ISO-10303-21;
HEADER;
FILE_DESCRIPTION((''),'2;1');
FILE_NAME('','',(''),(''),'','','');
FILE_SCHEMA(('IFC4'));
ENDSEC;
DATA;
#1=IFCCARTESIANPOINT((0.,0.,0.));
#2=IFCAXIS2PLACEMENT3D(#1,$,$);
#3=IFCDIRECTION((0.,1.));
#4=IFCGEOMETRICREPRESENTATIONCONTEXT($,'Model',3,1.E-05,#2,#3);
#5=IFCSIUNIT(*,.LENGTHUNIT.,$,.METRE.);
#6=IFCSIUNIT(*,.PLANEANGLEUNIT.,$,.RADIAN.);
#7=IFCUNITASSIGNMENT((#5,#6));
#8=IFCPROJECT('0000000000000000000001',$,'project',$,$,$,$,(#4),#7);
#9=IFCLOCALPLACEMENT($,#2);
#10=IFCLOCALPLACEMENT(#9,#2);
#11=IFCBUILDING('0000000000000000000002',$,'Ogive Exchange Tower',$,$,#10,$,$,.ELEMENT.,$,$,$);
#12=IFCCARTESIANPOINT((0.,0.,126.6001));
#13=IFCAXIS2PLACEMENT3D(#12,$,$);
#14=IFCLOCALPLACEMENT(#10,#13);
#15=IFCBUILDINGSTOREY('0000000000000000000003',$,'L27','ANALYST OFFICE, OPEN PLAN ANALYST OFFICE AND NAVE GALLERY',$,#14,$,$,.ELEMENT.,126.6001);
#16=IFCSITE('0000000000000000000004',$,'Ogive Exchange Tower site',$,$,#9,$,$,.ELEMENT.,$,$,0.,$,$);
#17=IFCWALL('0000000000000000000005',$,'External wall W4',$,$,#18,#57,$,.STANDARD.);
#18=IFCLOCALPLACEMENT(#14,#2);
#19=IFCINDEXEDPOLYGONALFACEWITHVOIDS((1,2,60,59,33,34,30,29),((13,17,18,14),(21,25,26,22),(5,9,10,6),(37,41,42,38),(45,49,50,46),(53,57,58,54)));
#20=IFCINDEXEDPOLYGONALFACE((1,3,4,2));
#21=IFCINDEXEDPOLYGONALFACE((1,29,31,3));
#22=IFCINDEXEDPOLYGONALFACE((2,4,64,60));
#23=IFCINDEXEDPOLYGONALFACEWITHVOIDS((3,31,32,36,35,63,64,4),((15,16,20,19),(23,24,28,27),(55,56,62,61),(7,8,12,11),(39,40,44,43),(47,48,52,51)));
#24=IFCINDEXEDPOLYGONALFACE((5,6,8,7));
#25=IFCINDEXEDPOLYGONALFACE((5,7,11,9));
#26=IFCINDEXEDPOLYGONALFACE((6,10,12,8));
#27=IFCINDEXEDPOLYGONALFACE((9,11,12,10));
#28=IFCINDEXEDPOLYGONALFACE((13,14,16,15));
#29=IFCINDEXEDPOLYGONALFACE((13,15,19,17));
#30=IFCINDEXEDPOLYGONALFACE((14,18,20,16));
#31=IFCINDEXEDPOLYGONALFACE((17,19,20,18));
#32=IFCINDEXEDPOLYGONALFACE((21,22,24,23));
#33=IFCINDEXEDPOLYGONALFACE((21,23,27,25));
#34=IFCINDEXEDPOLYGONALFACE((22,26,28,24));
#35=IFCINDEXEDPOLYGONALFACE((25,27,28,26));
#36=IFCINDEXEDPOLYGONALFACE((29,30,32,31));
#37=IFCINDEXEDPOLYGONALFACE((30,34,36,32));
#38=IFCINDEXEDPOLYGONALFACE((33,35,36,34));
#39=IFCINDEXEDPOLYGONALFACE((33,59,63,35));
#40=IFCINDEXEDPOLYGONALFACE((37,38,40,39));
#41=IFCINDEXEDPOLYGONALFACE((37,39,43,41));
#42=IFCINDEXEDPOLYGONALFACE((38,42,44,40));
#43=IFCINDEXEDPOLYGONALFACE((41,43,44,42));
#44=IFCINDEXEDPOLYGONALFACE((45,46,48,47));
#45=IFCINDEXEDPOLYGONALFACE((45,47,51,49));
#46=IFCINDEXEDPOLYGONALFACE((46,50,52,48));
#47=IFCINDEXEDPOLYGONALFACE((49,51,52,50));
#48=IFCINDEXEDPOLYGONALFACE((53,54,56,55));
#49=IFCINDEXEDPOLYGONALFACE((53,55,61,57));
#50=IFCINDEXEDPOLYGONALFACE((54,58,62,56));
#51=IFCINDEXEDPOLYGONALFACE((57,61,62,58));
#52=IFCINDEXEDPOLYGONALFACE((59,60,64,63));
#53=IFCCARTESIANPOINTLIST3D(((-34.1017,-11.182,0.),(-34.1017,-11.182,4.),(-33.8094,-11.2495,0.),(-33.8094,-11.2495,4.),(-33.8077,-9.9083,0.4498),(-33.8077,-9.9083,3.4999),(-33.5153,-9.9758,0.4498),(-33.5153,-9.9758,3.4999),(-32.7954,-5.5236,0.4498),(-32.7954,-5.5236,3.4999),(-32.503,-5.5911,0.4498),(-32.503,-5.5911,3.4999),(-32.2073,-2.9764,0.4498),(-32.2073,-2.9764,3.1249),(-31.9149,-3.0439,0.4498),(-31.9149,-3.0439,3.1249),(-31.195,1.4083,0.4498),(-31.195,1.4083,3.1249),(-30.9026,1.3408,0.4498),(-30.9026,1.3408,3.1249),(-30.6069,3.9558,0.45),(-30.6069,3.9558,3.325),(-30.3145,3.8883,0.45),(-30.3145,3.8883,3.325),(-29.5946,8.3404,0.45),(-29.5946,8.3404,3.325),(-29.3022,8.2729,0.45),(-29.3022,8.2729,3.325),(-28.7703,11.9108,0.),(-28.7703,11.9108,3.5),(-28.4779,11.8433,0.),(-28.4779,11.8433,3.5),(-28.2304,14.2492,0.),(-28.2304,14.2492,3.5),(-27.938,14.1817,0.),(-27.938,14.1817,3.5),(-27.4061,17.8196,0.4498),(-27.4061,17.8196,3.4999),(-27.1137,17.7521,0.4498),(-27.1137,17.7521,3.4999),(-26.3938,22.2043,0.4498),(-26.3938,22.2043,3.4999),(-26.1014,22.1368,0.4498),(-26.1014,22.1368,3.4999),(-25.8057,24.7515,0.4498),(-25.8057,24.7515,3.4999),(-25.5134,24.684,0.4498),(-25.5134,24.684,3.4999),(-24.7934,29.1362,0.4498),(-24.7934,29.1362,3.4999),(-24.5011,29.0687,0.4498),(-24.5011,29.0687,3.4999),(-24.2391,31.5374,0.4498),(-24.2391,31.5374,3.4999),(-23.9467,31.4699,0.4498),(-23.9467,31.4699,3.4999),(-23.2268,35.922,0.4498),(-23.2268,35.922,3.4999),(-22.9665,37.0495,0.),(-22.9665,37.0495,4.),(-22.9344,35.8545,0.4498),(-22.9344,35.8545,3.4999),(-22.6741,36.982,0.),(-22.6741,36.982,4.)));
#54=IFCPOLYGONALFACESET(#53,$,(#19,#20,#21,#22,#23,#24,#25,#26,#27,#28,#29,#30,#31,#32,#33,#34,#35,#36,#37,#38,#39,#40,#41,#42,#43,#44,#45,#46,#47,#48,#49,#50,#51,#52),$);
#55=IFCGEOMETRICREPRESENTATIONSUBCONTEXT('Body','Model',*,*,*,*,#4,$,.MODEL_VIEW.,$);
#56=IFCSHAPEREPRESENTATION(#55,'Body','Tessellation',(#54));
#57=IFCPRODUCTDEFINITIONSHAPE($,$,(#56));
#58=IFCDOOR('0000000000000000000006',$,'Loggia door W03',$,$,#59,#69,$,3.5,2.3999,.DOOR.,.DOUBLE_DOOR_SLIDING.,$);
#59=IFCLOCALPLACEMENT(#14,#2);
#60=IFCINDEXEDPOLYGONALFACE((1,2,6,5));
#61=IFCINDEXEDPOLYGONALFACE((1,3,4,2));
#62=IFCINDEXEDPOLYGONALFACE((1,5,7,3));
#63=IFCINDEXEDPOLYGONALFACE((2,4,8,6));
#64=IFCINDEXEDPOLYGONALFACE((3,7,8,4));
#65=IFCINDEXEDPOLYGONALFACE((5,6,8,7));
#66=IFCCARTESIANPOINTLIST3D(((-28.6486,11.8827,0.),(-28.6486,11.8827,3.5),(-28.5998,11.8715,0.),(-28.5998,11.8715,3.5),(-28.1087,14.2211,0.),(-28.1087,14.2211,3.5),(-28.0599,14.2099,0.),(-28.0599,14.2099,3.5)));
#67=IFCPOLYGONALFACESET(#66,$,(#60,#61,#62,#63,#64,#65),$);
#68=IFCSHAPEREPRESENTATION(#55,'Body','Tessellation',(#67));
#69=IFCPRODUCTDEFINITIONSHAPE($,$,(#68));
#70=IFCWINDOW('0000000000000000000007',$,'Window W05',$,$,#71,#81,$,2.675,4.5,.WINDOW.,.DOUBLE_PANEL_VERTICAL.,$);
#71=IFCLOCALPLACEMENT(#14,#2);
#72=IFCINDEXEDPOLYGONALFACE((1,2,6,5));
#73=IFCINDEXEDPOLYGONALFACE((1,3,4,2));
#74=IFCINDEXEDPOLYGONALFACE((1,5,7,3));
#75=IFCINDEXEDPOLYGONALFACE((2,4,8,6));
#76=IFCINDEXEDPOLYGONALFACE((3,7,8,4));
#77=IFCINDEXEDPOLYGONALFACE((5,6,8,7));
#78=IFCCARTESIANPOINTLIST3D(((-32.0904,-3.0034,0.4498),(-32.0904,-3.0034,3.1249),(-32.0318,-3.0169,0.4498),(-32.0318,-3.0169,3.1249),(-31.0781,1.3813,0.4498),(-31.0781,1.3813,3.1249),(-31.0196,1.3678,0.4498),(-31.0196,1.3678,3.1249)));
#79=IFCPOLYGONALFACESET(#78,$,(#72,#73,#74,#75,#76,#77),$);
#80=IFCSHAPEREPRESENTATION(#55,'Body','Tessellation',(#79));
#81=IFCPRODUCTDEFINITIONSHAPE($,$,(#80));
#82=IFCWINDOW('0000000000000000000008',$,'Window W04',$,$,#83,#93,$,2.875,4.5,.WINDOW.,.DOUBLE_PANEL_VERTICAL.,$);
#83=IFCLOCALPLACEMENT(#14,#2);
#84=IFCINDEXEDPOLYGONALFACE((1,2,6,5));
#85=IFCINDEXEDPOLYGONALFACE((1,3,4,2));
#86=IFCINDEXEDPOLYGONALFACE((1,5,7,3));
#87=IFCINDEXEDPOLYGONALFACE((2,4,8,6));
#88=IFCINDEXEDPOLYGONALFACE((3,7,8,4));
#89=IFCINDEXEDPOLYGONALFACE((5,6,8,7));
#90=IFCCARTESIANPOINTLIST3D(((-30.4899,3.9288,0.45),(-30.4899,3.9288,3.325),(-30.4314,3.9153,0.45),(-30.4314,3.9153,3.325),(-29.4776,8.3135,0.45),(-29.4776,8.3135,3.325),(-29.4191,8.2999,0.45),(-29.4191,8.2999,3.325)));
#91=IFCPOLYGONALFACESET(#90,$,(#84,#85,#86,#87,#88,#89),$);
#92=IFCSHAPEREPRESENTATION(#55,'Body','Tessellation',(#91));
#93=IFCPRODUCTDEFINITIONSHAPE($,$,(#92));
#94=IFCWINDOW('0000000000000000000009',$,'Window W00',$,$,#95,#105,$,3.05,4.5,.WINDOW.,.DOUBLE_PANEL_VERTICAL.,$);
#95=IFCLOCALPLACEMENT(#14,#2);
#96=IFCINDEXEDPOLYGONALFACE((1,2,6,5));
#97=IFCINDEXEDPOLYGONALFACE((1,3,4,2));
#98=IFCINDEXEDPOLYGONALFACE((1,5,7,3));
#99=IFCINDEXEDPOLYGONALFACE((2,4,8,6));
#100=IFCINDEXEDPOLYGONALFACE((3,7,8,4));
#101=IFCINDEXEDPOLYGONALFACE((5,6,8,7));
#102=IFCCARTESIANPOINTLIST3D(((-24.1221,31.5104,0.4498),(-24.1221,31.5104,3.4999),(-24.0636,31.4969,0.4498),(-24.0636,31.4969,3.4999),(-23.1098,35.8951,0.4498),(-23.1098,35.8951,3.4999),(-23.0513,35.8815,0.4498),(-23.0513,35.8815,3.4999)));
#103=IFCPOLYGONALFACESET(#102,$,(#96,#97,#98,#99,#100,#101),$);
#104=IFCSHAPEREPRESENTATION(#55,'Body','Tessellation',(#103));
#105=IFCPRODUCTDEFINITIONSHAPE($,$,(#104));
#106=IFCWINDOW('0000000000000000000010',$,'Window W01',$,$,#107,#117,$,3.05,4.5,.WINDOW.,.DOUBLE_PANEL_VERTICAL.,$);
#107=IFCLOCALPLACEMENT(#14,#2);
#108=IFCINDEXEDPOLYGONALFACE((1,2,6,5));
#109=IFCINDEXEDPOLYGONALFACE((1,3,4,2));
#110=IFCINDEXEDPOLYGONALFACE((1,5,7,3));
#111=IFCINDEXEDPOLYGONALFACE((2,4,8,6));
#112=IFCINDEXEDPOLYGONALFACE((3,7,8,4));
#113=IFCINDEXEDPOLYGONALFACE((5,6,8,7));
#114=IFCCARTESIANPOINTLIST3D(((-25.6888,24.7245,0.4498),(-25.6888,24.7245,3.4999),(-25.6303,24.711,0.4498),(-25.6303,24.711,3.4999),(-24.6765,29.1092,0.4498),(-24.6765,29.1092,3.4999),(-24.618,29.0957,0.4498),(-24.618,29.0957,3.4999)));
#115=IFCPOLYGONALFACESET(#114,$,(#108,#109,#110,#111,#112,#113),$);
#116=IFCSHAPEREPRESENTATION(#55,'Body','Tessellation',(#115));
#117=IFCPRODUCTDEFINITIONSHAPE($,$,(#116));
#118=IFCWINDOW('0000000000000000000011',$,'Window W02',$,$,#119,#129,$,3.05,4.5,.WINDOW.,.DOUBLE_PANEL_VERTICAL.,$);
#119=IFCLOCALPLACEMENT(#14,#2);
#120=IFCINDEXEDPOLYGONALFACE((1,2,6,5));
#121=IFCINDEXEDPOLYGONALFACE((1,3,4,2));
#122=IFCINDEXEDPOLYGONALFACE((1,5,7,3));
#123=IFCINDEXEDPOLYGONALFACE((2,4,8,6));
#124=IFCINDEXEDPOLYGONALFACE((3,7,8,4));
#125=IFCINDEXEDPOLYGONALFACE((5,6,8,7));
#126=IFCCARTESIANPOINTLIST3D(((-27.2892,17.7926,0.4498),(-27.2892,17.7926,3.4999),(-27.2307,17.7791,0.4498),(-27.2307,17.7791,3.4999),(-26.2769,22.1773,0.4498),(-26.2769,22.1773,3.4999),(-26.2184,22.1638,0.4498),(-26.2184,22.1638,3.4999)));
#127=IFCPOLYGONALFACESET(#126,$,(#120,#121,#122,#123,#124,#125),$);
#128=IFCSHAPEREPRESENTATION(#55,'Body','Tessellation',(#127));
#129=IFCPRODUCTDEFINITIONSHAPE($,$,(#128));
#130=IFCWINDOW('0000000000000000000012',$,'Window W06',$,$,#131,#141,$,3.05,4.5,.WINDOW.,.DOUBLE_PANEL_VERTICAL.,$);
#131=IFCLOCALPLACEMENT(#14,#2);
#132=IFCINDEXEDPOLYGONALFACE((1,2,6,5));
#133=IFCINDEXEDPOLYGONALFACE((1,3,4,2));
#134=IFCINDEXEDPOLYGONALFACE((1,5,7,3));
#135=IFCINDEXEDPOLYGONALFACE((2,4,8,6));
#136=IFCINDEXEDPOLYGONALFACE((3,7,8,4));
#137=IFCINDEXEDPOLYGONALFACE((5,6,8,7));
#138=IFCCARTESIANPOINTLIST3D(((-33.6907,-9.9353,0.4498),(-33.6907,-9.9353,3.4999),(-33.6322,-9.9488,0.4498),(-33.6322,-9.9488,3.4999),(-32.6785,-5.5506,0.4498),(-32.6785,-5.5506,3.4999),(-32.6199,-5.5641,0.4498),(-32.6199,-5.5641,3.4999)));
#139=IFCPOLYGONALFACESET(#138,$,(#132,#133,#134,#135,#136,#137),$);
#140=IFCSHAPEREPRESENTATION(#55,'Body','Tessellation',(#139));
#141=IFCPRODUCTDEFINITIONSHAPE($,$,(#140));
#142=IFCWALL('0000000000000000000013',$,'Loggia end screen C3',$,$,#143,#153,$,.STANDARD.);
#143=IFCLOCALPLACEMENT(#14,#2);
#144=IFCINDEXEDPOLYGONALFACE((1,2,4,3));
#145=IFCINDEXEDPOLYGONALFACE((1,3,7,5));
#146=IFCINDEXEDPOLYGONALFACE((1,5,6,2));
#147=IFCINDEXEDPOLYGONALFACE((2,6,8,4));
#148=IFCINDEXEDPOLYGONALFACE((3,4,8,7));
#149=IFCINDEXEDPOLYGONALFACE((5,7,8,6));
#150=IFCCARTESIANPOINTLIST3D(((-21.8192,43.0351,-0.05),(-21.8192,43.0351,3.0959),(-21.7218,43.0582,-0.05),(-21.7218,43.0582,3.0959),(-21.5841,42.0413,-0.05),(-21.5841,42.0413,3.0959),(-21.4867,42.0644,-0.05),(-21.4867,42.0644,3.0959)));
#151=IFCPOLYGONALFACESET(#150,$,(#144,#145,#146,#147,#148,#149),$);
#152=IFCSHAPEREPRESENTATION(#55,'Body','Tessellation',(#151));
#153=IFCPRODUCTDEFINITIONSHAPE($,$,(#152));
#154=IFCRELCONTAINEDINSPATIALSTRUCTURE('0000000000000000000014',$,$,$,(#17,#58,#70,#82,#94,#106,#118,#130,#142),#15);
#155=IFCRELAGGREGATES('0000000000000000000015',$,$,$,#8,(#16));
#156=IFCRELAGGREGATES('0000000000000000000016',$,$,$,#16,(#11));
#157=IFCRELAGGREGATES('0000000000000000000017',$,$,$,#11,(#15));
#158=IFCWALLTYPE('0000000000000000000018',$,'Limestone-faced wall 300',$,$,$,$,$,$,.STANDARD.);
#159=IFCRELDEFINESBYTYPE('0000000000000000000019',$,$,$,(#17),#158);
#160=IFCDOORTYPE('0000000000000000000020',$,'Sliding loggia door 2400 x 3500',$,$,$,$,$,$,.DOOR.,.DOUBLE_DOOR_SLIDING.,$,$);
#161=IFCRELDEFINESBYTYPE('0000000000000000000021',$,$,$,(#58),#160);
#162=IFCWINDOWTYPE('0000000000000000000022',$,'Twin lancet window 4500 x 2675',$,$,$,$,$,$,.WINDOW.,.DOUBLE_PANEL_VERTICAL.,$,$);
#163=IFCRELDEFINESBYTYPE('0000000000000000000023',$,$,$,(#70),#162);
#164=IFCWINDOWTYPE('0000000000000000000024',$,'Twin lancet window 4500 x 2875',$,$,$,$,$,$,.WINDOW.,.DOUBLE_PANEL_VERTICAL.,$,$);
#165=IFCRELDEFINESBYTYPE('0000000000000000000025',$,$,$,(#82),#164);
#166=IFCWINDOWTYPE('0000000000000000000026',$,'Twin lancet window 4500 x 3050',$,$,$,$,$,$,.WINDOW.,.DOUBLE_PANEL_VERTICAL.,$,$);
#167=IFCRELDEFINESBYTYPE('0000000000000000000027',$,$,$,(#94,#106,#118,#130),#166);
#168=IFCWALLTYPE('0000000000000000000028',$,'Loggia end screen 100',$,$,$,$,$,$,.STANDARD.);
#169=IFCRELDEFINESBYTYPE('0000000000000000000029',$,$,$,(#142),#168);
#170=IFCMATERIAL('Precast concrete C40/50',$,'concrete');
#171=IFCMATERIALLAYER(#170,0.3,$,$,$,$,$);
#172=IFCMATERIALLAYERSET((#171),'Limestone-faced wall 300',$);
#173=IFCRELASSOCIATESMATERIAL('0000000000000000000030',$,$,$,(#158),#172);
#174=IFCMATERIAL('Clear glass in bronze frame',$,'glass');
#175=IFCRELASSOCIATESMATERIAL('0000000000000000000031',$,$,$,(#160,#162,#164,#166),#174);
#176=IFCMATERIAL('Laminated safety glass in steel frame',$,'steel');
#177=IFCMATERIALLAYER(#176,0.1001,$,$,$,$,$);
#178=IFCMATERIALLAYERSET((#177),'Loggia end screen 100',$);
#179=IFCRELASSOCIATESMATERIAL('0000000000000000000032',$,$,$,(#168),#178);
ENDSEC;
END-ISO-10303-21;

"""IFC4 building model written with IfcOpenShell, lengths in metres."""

from ifc_helpers import new_model, si_unit, direction, frame, frame_2d, origin, place, context, subcontext, project, spatial, rectangle, extrude, material, layer, layer_set, type_object, element, fill, save


model = new_model("IFC4")

# Units and contexts
model_context = context("Model", 3, precision=1e-05, world=origin(), true_north=direction((0.0, 1.0)))
body_context = subcontext(model_context, "Body", "Model", "MODEL_VIEW")
ifc_project = project(units=[si_unit("LENGTHUNIT", "METRE"), si_unit("PLANEANGLEUNIT", "RADIAN")], contexts=[model_context])

# Site, building, storey
site_placement = place(None, origin())
site = spatial("IfcSite", under=ifc_project, at=site_placement, Name="Ogive Exchange Tower site", CompositionType="ELEMENT", RefElevation=0.0)
building_placement = place(site_placement, origin())
building = spatial("IfcBuilding", under=site, at=building_placement, Name="Ogive Exchange Tower", CompositionType="ELEMENT")
storey_placement = place(building_placement, frame((0.0, 0.0, 126.6001)))
storey = spatial("IfcBuildingStorey", under=building, at=storey_placement, Name="L27", Description="ANALYST OFFICE, OPEN PLAN ANALYST OFFICE AND NAVE GALLERY", CompositionType="ELEMENT", Elevation=126.6001)

# Wall, openings, door, windows
ifc_material_1 = material(Name="Precast concrete C40/50", Category="concrete")
ifc_layer_1 = layer(ifc_material_1, 0.3)
ifc_layer_set_1 = layer_set([ifc_layer_1], Name="Limestone-faced wall 300")
wall_type_1 = type_object("IfcWallType", Name="Limestone-faced wall 300", PredefinedType="STANDARD", material=ifc_layer_set_1)
wall_1_placement = place(storey_placement, frame((-22.8203, 37.0156, 0.0), z_axis=(0.0, 0.0, 1.0), x_axis=(-0.224954, -0.974369, 0.0)))
wall_1 = element("IfcWall", 1, at=wall_1_placement, inside=storey, type_object=wall_type_1, Name="External wall W4", PredefinedType="STANDARD", context=body_context, shape_type="SweptSolid", body=[
    extrude(rectangle(XDim=49.5002, YDim=0.3, at=frame_2d((24.75, 0.0))), origin(), (0.0, 0.0, 1.0), 4.0),
])
opening_1_placement = place(wall_1_placement, frame((1.157, 0.0, 0.45)))
opening_1 = element("IfcOpeningElement", 2, at=opening_1_placement, cuts=wall_1, PredefinedType="OPENING", context=body_context, shape_type="SweptSolid", body=[
    extrude(rectangle(XDim=4.5, YDim=3.05, at=frame_2d((2.25, 1.5249))), frame((0.0, 0.1599, 0.0), z_axis=(0.0, -1.0, 0.0), x_axis=(1.0, 0.0, 0.0)), (0.0, 0.0, 1.0), 0.3201),
])
opening_2_placement = place(wall_1_placement, frame((8.1213, 0.0, 0.45)))
opening_2 = element("IfcOpeningElement", 3, at=opening_2_placement, cuts=wall_1, PredefinedType="OPENING", context=body_context, shape_type="SweptSolid", body=[
    extrude(rectangle(XDim=4.5, YDim=3.05, at=frame_2d((2.25, 1.5249))), frame((0.0, 0.1599, 0.0), z_axis=(0.0, -1.0, 0.0), x_axis=(1.0, 0.0, 0.0)), (0.0, 0.0, 1.0), 0.3201),
])
opening_3_placement = place(wall_1_placement, frame((15.2356, 0.0, 0.45)))
opening_3 = element("IfcOpeningElement", 4, at=opening_3_placement, cuts=wall_1, PredefinedType="OPENING", context=body_context, shape_type="SweptSolid", body=[
    extrude(rectangle(XDim=4.5, YDim=3.05, at=frame_2d((2.25, 1.5249))), frame((0.0, 0.1599, 0.0), z_axis=(0.0, -1.0, 0.0), x_axis=(1.0, 0.0, 0.0)), (0.0, 0.0, 1.0), 0.3201),
])
opening_4_placement = place(wall_1_placement, frame((23.3999, 0.0, 0.0)))
opening_4 = element("IfcOpeningElement", 5, at=opening_4_placement, cuts=wall_1, PredefinedType="OPENING", context=body_context, shape_type="SweptSolid", body=[
    extrude(rectangle(XDim=2.3999, YDim=3.5, at=frame_2d((1.2, 1.75))), frame((0.0, 0.1599, 0.0), z_axis=(0.0, -1.0, 0.0), x_axis=(1.0, 0.0, 0.0)), (0.0, 0.0, 1.0), 0.3201),
])
opening_5_placement = place(wall_1_placement, frame((29.4641, 0.0, 0.45)))
opening_5 = element("IfcOpeningElement", 6, at=opening_5_placement, cuts=wall_1, PredefinedType="OPENING", context=body_context, shape_type="SweptSolid", body=[
    extrude(rectangle(XDim=4.5, YDim=2.875, at=frame_2d((2.25, 1.4375))), frame((0.0, 0.1599, 0.0), z_axis=(0.0, -1.0, 0.0), x_axis=(1.0, 0.0, 0.0)), (0.0, 0.0, 1.0), 0.3201),
])
opening_6_placement = place(wall_1_placement, frame((36.5786, 0.0, 0.45)))
opening_6 = element("IfcOpeningElement", 7, at=opening_6_placement, cuts=wall_1, PredefinedType="OPENING", context=body_context, shape_type="SweptSolid", body=[
    extrude(rectangle(XDim=4.5, YDim=2.675, at=frame_2d((2.25, 1.3374))), frame((0.0, 0.1599, 0.0), z_axis=(0.0, -1.0, 0.0), x_axis=(1.0, 0.0, 0.0)), (0.0, 0.0, 1.0), 0.3201),
])
opening_7_placement = place(wall_1_placement, frame((43.6929, 0.0, 0.45)))
opening_7 = element("IfcOpeningElement", 8, at=opening_7_placement, cuts=wall_1, PredefinedType="OPENING", context=body_context, shape_type="SweptSolid", body=[
    extrude(rectangle(XDim=4.5, YDim=3.05, at=frame_2d((2.25, 1.5249))), frame((0.0, 0.1599, 0.0), z_axis=(0.0, -1.0, 0.0), x_axis=(1.0, 0.0, 0.0)), (0.0, 0.0, 1.0), 0.3201),
])
ifc_material_2 = material(Name="Clear glass in bronze frame", Category="glass")
door_type_1 = type_object("IfcDoorType", Name="Sliding loggia door 2400 x 3500", OperationType="DOUBLE_DOOR_SLIDING", PredefinedType="DOOR", material=ifc_material_2)
door_1_placement = place(opening_4_placement, origin())
door_1 = element("IfcDoor", 9, at=door_1_placement, inside=storey, type_object=door_type_1, Name="Loggia door W03", OperationType="DOUBLE_DOOR_SLIDING", OverallHeight=3.5, OverallWidth=2.3999, PredefinedType="DOOR", context=body_context, shape_type="SweptSolid", body=[
    extrude(rectangle(XDim=2.3999, YDim=3.5, at=frame_2d((1.2, 1.75))), frame((0.0, 0.0249, 0.0), z_axis=(0.0, -1.0, 0.0), x_axis=(1.0, 0.0, 0.0)), (0.0, 0.0, 1.0), 0.05),
])
fill(opening_4, door_1)
window_type_1 = type_object("IfcWindowType", Name="Twin lancet window 4500 x 2675", PartitioningType="DOUBLE_PANEL_VERTICAL", PredefinedType="WINDOW", material=ifc_material_2)
window_1_placement = place(opening_6_placement, origin())
window_1 = element("IfcWindow", 10, at=window_1_placement, inside=storey, type_object=window_type_1, Name="Window W05", OverallHeight=2.675, OverallWidth=4.5, PartitioningType="DOUBLE_PANEL_VERTICAL", PredefinedType="WINDOW", context=body_context, shape_type="SweptSolid", body=[
    extrude(rectangle(XDim=4.5, YDim=2.675, at=frame_2d((2.25, 1.3374))), frame((0.0, 0.03, 0.0), z_axis=(0.0, -1.0, 0.0), x_axis=(1.0, 0.0, 0.0)), (0.0, 0.0, 1.0), 0.0601),
])
fill(opening_6, window_1)
window_type_2 = type_object("IfcWindowType", Name="Twin lancet window 4500 x 2875", PartitioningType="DOUBLE_PANEL_VERTICAL", PredefinedType="WINDOW", material=ifc_material_2)
window_2_placement = place(opening_5_placement, origin())
window_2 = element("IfcWindow", 11, at=window_2_placement, inside=storey, type_object=window_type_2, Name="Window W04", OverallHeight=2.875, OverallWidth=4.5, PartitioningType="DOUBLE_PANEL_VERTICAL", PredefinedType="WINDOW", context=body_context, shape_type="SweptSolid", body=[
    extrude(rectangle(XDim=4.5, YDim=2.875, at=frame_2d((2.25, 1.4375))), frame((0.0, 0.03, 0.0), z_axis=(0.0, -1.0, 0.0), x_axis=(1.0, 0.0, 0.0)), (0.0, 0.0, 1.0), 0.0601),
])
fill(opening_5, window_2)
window_type_3 = type_object("IfcWindowType", Name="Twin lancet window 4500 x 3050", PartitioningType="DOUBLE_PANEL_VERTICAL", PredefinedType="WINDOW", material=ifc_material_2)
window_3_placement = place(opening_1_placement, origin())
window_3 = element("IfcWindow", 12, at=window_3_placement, inside=storey, type_object=window_type_3, Name="Window W00", OverallHeight=3.05, OverallWidth=4.5, PartitioningType="DOUBLE_PANEL_VERTICAL", PredefinedType="WINDOW", context=body_context, shape_type="SweptSolid", body=[
    extrude(rectangle(XDim=4.5, YDim=3.05, at=frame_2d((2.25, 1.5249))), frame((0.0, 0.03, 0.0), z_axis=(0.0, -1.0, 0.0), x_axis=(1.0, 0.0, 0.0)), (0.0, 0.0, 1.0), 0.0601),
])
fill(opening_1, window_3)
window_4_placement = place(opening_2_placement, origin())
window_4 = element("IfcWindow", 13, at=window_4_placement, inside=storey, type_object=window_type_3, Name="Window W01", OverallHeight=3.05, OverallWidth=4.5, PartitioningType="DOUBLE_PANEL_VERTICAL", PredefinedType="WINDOW", context=body_context, shape_type="SweptSolid", body=[
    extrude(rectangle(XDim=4.5, YDim=3.05, at=frame_2d((2.25, 1.5249))), frame((0.0, 0.03, 0.0), z_axis=(0.0, -1.0, 0.0), x_axis=(1.0, 0.0, 0.0)), (0.0, 0.0, 1.0), 0.0601),
])
fill(opening_2, window_4)
window_5_placement = place(opening_3_placement, origin())
window_5 = element("IfcWindow", 14, at=window_5_placement, inside=storey, type_object=window_type_3, Name="Window W02", OverallHeight=3.05, OverallWidth=4.5, PartitioningType="DOUBLE_PANEL_VERTICAL", PredefinedType="WINDOW", context=body_context, shape_type="SweptSolid", body=[
    extrude(rectangle(XDim=4.5, YDim=3.05, at=frame_2d((2.25, 1.5249))), frame((0.0, 0.03, 0.0), z_axis=(0.0, -1.0, 0.0), x_axis=(1.0, 0.0, 0.0)), (0.0, 0.0, 1.0), 0.0601),
])
fill(opening_3, window_5)
window_6_placement = place(opening_7_placement, origin())
window_6 = element("IfcWindow", 15, at=window_6_placement, inside=storey, type_object=window_type_3, Name="Window W06", OverallHeight=3.05, OverallWidth=4.5, PartitioningType="DOUBLE_PANEL_VERTICAL", PredefinedType="WINDOW", context=body_context, shape_type="SweptSolid", body=[
    extrude(rectangle(XDim=4.5, YDim=3.05, at=frame_2d((2.25, 1.5249))), frame((0.0, 0.03, 0.0), z_axis=(0.0, -1.0, 0.0), x_axis=(1.0, 0.0, 0.0)), (0.0, 0.0, 1.0), 0.0601),
])
fill(opening_7, window_6)

# Wall
ifc_material_3 = material(Name="Laminated safety glass in steel frame", Category="steel")
ifc_layer_2 = layer(ifc_material_3, 0.1001)
ifc_layer_set_2 = layer_set([ifc_layer_2], Name="Loggia end screen 100")
wall_type_2 = type_object("IfcWallType", Name="Loggia end screen 100", PredefinedType="STANDARD", material=ifc_layer_set_2)
wall_2_placement = place(storey_placement, frame((-21.5354, 42.0527, -0.05), z_axis=(0.0, 0.0, 1.0), x_axis=(-0.230198, 0.973144, 0.0)))
element("IfcWall", 16, at=wall_2_placement, inside=storey, type_object=wall_type_2, Name="Loggia end screen C3", PredefinedType="STANDARD", context=body_context, shape_type="SweptSolid", body=[
    extrude(rectangle(XDim=1.0212, YDim=0.1001, at=frame_2d((0.5107, 0.0))), origin(), (0.0, 0.0, 1.0), 3.146),
])

save(model, "model.ifc")
